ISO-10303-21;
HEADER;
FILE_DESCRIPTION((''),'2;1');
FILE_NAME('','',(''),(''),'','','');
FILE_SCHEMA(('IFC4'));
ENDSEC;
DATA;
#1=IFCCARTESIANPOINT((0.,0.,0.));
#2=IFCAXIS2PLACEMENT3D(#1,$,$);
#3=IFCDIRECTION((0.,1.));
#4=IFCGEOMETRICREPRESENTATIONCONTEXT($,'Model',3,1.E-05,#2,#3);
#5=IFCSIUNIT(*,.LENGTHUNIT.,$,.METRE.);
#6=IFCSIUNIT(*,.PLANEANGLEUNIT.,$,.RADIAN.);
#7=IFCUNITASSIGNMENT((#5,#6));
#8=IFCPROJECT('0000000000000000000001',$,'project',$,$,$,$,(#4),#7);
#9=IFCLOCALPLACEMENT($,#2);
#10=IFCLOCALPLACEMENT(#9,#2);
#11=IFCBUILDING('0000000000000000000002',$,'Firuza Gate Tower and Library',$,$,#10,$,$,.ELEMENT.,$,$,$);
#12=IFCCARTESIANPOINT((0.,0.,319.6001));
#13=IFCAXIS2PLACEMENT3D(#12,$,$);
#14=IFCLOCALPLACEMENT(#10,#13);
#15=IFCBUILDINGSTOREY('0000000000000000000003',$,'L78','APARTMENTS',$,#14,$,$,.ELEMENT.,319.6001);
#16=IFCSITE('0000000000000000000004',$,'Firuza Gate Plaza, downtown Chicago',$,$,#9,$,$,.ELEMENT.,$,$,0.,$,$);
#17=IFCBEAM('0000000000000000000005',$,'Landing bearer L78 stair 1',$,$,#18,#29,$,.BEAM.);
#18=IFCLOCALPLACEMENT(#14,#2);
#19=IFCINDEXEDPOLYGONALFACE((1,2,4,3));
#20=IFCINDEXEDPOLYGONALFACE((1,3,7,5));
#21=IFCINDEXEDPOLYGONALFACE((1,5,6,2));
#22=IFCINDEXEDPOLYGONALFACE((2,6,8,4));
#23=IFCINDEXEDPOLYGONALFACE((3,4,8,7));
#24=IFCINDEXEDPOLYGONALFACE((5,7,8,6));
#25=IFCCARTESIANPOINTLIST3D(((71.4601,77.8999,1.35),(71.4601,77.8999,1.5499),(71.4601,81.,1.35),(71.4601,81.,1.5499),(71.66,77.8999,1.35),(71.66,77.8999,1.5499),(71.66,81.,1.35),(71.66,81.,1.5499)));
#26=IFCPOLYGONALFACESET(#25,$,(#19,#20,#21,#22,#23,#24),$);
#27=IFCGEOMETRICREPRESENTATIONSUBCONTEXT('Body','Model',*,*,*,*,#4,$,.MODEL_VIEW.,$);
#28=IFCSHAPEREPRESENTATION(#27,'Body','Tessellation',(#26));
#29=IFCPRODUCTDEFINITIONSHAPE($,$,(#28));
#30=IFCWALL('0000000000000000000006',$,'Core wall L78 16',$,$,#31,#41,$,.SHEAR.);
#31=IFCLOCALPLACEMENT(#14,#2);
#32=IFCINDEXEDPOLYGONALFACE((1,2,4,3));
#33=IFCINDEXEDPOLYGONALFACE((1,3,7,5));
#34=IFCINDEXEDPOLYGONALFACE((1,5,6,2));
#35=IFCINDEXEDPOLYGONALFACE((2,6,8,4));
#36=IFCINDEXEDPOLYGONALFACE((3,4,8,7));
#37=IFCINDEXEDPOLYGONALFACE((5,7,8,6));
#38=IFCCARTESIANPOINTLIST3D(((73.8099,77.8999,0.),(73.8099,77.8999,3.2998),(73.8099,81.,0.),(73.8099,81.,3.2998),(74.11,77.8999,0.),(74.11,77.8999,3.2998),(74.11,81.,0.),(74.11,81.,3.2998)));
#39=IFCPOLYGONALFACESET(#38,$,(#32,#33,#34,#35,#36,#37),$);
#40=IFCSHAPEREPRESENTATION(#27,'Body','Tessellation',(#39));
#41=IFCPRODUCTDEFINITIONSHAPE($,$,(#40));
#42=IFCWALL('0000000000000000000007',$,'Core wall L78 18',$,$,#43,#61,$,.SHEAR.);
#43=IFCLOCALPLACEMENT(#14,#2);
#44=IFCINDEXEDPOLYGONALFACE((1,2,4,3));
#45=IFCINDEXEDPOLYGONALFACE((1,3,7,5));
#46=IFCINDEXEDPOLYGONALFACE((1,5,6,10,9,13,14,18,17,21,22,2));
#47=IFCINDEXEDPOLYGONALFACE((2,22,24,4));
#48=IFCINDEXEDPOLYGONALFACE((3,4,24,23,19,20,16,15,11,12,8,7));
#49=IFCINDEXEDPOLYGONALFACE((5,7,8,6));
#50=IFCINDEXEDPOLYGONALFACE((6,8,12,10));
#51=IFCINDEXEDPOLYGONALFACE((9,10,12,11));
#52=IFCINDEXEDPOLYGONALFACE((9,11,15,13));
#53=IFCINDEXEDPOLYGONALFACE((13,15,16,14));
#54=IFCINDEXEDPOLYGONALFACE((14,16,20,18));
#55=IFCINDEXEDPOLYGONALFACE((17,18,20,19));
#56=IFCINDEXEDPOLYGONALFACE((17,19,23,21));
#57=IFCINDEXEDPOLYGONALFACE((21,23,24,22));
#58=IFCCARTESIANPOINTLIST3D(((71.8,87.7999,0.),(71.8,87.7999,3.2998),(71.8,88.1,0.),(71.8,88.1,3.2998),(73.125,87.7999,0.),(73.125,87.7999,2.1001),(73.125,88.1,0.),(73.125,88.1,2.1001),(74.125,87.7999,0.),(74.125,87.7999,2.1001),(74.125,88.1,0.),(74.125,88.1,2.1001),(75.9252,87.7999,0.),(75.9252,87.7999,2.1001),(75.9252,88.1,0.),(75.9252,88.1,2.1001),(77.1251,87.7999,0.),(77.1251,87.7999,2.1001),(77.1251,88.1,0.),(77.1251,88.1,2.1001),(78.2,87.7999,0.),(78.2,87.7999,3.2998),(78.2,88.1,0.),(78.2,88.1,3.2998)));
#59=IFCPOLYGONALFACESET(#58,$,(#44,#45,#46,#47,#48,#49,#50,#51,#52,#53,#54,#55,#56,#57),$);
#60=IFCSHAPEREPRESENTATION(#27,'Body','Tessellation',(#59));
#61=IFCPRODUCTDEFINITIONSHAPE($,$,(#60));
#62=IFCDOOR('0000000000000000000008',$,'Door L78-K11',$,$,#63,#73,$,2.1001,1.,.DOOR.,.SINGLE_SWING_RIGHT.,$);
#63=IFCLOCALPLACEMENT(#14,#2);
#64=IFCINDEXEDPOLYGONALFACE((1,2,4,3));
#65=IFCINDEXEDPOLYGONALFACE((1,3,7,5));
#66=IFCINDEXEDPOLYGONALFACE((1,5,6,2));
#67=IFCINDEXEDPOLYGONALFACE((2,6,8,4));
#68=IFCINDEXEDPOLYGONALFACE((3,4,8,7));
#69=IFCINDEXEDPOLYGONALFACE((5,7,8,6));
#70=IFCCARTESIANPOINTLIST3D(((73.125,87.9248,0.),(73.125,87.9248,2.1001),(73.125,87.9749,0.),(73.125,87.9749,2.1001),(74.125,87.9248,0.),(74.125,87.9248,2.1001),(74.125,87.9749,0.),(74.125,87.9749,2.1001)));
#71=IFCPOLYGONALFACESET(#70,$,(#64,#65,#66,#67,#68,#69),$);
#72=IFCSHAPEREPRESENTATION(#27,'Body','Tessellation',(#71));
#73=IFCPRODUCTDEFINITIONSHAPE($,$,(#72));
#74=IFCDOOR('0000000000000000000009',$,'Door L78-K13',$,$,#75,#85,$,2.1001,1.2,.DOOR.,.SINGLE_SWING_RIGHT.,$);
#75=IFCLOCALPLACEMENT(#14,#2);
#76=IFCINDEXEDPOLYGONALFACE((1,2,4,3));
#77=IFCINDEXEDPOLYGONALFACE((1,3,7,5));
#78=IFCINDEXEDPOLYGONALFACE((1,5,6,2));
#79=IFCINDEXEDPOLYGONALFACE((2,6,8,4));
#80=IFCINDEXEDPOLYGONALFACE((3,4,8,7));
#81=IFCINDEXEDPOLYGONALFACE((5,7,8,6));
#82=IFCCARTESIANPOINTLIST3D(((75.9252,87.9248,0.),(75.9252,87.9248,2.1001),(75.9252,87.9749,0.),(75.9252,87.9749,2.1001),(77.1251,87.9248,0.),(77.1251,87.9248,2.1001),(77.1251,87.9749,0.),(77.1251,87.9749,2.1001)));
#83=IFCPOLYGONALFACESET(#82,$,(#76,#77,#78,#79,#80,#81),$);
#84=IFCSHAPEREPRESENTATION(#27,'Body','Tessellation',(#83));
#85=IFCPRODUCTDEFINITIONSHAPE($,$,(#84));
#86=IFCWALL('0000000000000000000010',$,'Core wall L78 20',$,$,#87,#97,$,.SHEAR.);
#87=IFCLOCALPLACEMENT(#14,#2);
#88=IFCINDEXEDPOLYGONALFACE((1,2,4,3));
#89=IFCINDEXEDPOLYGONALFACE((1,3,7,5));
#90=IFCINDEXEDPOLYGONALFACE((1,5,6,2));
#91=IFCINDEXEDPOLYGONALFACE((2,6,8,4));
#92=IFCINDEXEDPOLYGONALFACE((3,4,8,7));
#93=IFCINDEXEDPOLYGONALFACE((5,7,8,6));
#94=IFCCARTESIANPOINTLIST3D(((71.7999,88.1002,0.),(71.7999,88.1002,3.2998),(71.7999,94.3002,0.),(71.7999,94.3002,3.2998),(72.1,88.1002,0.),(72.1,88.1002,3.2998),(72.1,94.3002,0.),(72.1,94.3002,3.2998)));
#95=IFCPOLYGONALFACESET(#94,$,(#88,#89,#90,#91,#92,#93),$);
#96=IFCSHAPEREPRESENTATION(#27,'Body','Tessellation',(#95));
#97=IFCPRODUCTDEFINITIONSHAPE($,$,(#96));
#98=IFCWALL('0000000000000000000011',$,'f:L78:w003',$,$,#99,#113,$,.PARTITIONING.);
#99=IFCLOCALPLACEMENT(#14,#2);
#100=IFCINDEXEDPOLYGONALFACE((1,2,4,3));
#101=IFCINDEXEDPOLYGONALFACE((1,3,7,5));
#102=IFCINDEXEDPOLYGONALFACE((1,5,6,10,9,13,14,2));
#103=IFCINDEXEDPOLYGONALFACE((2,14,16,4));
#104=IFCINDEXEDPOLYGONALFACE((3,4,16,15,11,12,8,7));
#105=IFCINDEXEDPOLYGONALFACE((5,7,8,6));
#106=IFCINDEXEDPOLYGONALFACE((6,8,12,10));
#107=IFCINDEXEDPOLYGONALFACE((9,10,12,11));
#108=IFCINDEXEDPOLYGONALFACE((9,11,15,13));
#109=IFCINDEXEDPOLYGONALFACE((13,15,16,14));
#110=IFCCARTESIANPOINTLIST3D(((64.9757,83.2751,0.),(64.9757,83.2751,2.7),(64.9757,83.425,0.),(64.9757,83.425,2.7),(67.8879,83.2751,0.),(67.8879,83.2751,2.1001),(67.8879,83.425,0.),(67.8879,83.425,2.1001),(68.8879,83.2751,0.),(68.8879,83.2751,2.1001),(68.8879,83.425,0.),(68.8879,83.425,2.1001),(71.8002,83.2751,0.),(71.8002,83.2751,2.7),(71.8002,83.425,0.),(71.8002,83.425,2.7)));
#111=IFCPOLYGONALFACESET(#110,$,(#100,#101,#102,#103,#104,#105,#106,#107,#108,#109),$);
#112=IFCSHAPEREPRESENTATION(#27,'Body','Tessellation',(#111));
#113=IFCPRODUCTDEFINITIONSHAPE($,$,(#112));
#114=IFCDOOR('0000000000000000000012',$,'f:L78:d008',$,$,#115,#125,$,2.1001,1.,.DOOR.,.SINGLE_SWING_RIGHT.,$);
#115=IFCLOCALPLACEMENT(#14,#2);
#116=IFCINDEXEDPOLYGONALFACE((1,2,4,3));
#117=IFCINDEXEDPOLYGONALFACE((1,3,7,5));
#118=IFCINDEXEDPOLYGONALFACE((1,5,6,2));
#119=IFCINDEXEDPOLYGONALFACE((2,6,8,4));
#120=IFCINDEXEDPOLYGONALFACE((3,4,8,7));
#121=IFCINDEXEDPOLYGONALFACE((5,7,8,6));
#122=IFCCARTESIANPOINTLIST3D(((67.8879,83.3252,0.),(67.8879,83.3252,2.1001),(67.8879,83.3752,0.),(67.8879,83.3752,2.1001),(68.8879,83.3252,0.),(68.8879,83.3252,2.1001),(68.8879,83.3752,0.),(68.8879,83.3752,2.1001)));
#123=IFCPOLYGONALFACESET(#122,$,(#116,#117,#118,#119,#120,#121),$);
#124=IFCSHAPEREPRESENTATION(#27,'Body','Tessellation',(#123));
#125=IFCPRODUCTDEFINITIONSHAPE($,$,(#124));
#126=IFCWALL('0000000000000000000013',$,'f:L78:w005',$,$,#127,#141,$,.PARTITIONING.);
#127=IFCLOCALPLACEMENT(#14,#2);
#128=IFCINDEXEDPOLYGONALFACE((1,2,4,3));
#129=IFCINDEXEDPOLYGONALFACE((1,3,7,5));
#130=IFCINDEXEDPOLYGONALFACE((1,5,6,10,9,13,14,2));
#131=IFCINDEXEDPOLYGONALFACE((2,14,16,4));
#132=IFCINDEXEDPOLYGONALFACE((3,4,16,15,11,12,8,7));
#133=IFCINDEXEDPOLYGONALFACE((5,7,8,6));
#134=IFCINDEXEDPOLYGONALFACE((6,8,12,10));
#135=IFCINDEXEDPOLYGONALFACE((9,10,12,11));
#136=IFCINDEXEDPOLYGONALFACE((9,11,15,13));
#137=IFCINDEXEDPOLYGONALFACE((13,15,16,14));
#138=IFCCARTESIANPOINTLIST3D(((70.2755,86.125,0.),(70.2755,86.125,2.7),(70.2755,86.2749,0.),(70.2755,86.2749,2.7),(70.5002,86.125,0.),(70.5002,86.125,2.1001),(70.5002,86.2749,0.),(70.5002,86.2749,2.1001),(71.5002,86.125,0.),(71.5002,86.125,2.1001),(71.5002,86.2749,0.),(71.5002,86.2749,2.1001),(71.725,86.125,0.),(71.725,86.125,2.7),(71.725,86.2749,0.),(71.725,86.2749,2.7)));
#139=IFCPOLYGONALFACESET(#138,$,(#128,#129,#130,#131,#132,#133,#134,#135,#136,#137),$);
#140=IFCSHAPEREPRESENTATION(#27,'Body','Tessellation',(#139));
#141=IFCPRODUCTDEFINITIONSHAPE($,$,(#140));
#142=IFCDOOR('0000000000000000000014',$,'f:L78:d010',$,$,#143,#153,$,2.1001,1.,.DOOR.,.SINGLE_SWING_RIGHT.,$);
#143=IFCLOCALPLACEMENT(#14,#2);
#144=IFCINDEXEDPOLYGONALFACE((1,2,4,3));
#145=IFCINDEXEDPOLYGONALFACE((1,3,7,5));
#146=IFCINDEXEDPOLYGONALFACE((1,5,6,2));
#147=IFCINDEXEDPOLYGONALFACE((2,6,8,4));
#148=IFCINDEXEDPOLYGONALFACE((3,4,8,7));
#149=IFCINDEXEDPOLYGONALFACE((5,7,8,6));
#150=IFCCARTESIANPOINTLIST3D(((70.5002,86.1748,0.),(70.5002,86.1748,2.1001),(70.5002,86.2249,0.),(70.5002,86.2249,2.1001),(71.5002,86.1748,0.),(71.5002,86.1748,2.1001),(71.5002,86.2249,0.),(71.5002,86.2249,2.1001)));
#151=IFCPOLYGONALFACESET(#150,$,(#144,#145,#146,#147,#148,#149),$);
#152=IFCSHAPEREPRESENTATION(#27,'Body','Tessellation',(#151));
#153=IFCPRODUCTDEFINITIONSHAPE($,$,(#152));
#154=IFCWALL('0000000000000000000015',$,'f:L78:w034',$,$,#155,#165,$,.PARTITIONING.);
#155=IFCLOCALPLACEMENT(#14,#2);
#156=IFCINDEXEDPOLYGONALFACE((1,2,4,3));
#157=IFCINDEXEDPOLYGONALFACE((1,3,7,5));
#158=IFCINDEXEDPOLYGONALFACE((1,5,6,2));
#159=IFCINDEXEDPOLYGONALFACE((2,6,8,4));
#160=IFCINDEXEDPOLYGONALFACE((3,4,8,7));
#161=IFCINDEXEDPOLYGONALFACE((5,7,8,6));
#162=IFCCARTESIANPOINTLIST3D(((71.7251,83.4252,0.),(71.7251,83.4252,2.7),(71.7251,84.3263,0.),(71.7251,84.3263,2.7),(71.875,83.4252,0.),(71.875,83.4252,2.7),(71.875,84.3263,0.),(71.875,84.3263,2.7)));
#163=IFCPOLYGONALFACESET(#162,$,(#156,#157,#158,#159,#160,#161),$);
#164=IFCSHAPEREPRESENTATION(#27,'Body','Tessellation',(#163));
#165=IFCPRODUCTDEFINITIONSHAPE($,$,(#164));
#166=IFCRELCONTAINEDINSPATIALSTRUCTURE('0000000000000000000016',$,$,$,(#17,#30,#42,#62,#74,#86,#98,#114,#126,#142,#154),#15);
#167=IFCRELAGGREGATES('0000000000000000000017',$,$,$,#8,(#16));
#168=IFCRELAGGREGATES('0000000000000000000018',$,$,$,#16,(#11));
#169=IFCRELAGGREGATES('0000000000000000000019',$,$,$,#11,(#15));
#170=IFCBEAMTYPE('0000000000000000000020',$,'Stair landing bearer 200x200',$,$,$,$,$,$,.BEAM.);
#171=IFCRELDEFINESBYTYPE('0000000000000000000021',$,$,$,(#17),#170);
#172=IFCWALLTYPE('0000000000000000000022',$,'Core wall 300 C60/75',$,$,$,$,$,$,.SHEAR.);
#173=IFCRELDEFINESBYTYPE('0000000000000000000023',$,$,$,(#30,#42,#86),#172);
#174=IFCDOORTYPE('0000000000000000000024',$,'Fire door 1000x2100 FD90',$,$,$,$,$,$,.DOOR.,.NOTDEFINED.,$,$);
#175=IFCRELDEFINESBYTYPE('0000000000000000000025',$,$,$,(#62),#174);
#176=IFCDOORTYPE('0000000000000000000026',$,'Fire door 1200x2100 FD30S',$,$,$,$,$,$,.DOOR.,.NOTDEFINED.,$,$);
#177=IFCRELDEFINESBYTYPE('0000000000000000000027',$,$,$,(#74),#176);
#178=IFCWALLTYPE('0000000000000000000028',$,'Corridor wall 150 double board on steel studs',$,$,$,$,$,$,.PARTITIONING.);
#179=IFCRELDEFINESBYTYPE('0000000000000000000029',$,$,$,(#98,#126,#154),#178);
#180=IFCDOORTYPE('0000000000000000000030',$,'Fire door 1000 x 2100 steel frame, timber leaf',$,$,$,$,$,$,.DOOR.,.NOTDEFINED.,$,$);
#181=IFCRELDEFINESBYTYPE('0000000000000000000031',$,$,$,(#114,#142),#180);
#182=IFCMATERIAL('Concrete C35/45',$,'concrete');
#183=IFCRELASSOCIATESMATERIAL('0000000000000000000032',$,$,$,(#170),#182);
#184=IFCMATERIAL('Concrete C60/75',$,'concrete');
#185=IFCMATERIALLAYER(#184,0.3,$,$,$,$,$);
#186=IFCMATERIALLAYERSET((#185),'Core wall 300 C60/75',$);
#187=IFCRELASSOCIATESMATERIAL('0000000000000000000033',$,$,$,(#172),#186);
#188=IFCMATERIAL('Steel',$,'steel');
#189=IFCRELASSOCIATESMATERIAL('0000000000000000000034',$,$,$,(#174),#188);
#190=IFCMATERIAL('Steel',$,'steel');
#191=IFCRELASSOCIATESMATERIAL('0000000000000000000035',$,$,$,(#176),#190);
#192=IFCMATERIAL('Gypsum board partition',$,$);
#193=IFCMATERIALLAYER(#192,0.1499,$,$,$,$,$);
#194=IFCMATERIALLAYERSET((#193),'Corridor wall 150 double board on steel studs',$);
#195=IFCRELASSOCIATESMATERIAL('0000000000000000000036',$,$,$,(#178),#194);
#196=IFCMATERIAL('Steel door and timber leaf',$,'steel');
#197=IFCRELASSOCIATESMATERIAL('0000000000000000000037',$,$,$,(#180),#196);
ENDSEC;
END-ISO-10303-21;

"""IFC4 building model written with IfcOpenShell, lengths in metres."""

from ifc_helpers import new_model, si_unit, direction, frame, frame_2d, origin, origin_2d, place, context, subcontext, project, spatial, rectangle, extrude, material, layer, layer_set, material_profile, profile_set, type_object, element, fill, save


model = new_model("IFC4")

# Units and contexts
model_context = context("Model", 3, precision=1e-05, world=origin(), true_north=direction((0.0, 1.0)))
body_context = subcontext(model_context, "Body", "Model", "MODEL_VIEW")
ifc_project = project(units=[si_unit("LENGTHUNIT", "METRE"), si_unit("PLANEANGLEUNIT", "RADIAN")], contexts=[model_context])

# Site, building, storey
site_placement = place(None, origin())
site = spatial("IfcSite", under=ifc_project, at=site_placement, Name="Firuza Gate Plaza, downtown Chicago", CompositionType="ELEMENT", RefElevation=0.0)
building_placement = place(site_placement, origin())
building = spatial("IfcBuilding", under=site, at=building_placement, Name="Firuza Gate Tower and Library", CompositionType="ELEMENT")
storey_placement = place(building_placement, frame((0.0, 0.0, 319.6001)))
storey = spatial("IfcBuildingStorey", under=building, at=storey_placement, Name="L78", Description="APARTMENTS", CompositionType="ELEMENT", Elevation=319.6001)

# Beam
ifc_material_1 = material(Name="Concrete C35/45", Category="concrete")
ifc_material_profile = material_profile(ifc_material_1, rectangle(XDim=0.2, YDim=0.2, at=origin_2d()))
ifc_profile_set = profile_set([ifc_material_profile], Name="Concrete C35/45")
beam_type = type_object("IfcBeamType", Name="Stair landing bearer 200x200", PredefinedType="BEAM", material=ifc_profile_set)
beam_placement = place(storey_placement, frame((71.5601, 77.8999, 1.45), z_axis=(0.0, 1.0, 0.0), x_axis=(-1.0, 0.0, 0.0)))
element("IfcBeam", 1, at=beam_placement, inside=storey, type_object=beam_type, Name="Landing bearer L78 stair 1", PredefinedType="BEAM", context=body_context, shape_type="SweptSolid", body=[
    extrude(rectangle(XDim=0.2, YDim=0.2, at=origin_2d()), origin(), (0.0, 0.0, 1.0), 3.1001),
])

# Wall
ifc_material_2 = material(Name="Concrete C60/75", Category="concrete")
ifc_layer_1 = layer(ifc_material_2, 0.3)
ifc_layer_set_1 = layer_set([ifc_layer_1], Name="Core wall 300 C60/75")
wall_type_1 = type_object("IfcWallType", Name="Core wall 300 C60/75", PredefinedType="SHEAR", material=ifc_layer_set_1)
wall_1_placement = place(storey_placement, frame((73.96, 77.8999, 0.0), z_axis=(0.0, 0.0, 1.0), x_axis=(0.0, 1.0, 0.0)))
element("IfcWall", 2, at=wall_1_placement, inside=storey, type_object=wall_type_1, Name="Core wall L78 16", PredefinedType="SHEAR", context=body_context, shape_type="SweptSolid", body=[
    extrude(rectangle(XDim=3.1001, YDim=0.3, at=frame_2d((1.55, 0.0))), origin(), (0.0, 0.0, 1.0), 3.2998),
])

# Wall, openings, doors
wall_2_placement = place(storey_placement, frame((71.8, 87.95, 0.0), z_axis=(0.0, 0.0, 1.0), x_axis=(1.0, 0.0, 0.0)))
wall_2 = element("IfcWall", 3, at=wall_2_placement, inside=storey, type_object=wall_type_1, Name="Core wall L78 18", PredefinedType="SHEAR", context=body_context, shape_type="SweptSolid", body=[
    extrude(rectangle(XDim=6.3999, YDim=0.3, at=frame_2d((3.2, 0.0))), origin(), (0.0, 0.0, 1.0), 3.2998),
])
opening_1_placement = place(wall_2_placement, frame((1.325, 0.0, 0.0)))
opening_1 = element("IfcOpeningElement", 4, at=opening_1_placement, cuts=wall_2, PredefinedType="OPENING", context=body_context, shape_type="SweptSolid", body=[
    extrude(rectangle(XDim=1.0, YDim=2.1001, at=frame_2d((0.5, 1.05))), frame((0.0, 0.1602, 0.0), z_axis=(0.0, -1.0, 0.0), x_axis=(1.0, 0.0, 0.0)), (0.0, 0.0, 1.0), 0.3201),
])
opening_2_placement = place(wall_2_placement, frame((4.125, 0.0, 0.0)))
opening_2 = element("IfcOpeningElement", 5, at=opening_2_placement, cuts=wall_2, PredefinedType="OPENING", context=body_context, shape_type="SweptSolid", body=[
    extrude(rectangle(XDim=1.2, YDim=2.1001, at=frame_2d((0.6001, 1.05))), frame((0.0, 0.1602, 0.0), z_axis=(0.0, -1.0, 0.0), x_axis=(1.0, 0.0, 0.0)), (0.0, 0.0, 1.0), 0.3201),
])
ifc_material_3 = material(Name="Steel", Category="steel")
door_type_1 = type_object("IfcDoorType", Name="Fire door 1000x2100 FD90", OperationType="NOTDEFINED", PredefinedType="DOOR", material=ifc_material_3)
door_1_placement = place(opening_1_placement, origin())
door_1 = element("IfcDoor", 6, at=door_1_placement, inside=storey, type_object=door_type_1, Name="Door L78-K11", OperationType="SINGLE_SWING_RIGHT", OverallHeight=2.1001, OverallWidth=1.0, PredefinedType="DOOR", context=body_context, shape_type="SweptSolid", body=[
    extrude(rectangle(XDim=1.0, YDim=2.1001, at=frame_2d((0.5, 1.05))), frame((0.0, 0.0249, 0.0), z_axis=(0.0, -1.0, 0.0), x_axis=(1.0, 0.0, 0.0)), (0.0, 0.0, 1.0), 0.05),
])
fill(opening_1, door_1)
ifc_material_4 = material(Name="Steel", Category="steel")
door_type_2 = type_object("IfcDoorType", Name="Fire door 1200x2100 FD30S", OperationType="NOTDEFINED", PredefinedType="DOOR", material=ifc_material_4)
door_2_placement = place(opening_2_placement, origin())
door_2 = element("IfcDoor", 7, at=door_2_placement, inside=storey, type_object=door_type_2, Name="Door L78-K13", OperationType="SINGLE_SWING_RIGHT", OverallHeight=2.1001, OverallWidth=1.2, PredefinedType="DOOR", context=body_context, shape_type="SweptSolid", body=[
    extrude(rectangle(XDim=1.2, YDim=2.1001, at=frame_2d((0.6001, 1.05))), frame((0.0, 0.0249, 0.0), z_axis=(0.0, -1.0, 0.0), x_axis=(1.0, 0.0, 0.0)), (0.0, 0.0, 1.0), 0.05),
])
fill(opening_2, door_2)

# Wall
wall_3_placement = place(storey_placement, frame((71.95, 88.1001, 0.0), z_axis=(0.0, 0.0, 1.0), x_axis=(0.0, 1.0, 0.0)))
element("IfcWall", 8, at=wall_3_placement, inside=storey, type_object=wall_type_1, Name="Core wall L78 20", PredefinedType="SHEAR", context=body_context, shape_type="SweptSolid", body=[
    extrude(rectangle(XDim=6.2, YDim=0.3, at=frame_2d((3.1001, 0.0))), origin(), (0.0, 0.0, 1.0), 3.2998),
])

# Walls, openings, doors
ifc_material_5 = material(Name="Gypsum board partition")
ifc_layer_2 = layer(ifc_material_5, 0.1499)
ifc_layer_set_2 = layer_set([ifc_layer_2], Name="Corridor wall 150 double board on steel studs")
wall_type_2 = type_object("IfcWallType", Name="Corridor wall 150 double board on steel studs", PredefinedType="PARTITIONING", material=ifc_layer_set_2)
wall_4_placement = place(storey_placement, frame((71.8, 83.3501, 0.0), z_axis=(0.0, 0.0, 1.0), x_axis=(-1.0, 0.0, 0.0)))
wall_4 = element("IfcWall", 9, at=wall_4_placement, inside=storey, type_object=wall_type_2, Name="f:L78:w003", PredefinedType="PARTITIONING", context=body_context, shape_type="SweptSolid", body=[
    extrude(rectangle(XDim=6.8245, YDim=0.1499, at=frame_2d((3.4121, 0.0))), origin(), (0.0, 0.0, 1.0), 2.7),
])
opening_3_placement = place(wall_4_placement, frame((2.9121, 0.0, 0.0)))
opening_3 = element("IfcOpeningElement", 10, at=opening_3_placement, cuts=wall_4, PredefinedType="OPENING", context=body_context, shape_type="SweptSolid", body=[
    extrude(rectangle(XDim=1.0, YDim=2.1001, at=frame_2d((0.5, 1.05))), frame((0.0, 0.085, 0.0), z_axis=(0.0, -1.0, 0.0), x_axis=(1.0, 0.0, 0.0)), (0.0, 0.0, 1.0), 0.1699),
])
ifc_material_6 = material(Name="Steel door and timber leaf", Category="steel")
door_type_3 = type_object("IfcDoorType", Name="Fire door 1000 x 2100 steel frame, timber leaf", OperationType="NOTDEFINED", PredefinedType="DOOR", material=ifc_material_6)
door_3_placement = place(opening_3_placement, origin())
door_3 = element("IfcDoor", 11, at=door_3_placement, inside=storey, type_object=door_type_3, Name="f:L78:d008", OperationType="SINGLE_SWING_RIGHT", OverallHeight=2.1001, OverallWidth=1.0, PredefinedType="DOOR", context=body_context, shape_type="SweptSolid", body=[
    extrude(rectangle(XDim=1.0, YDim=2.1001, at=frame_2d((0.5, 1.05))), frame((0.0, 0.0249, 0.0), z_axis=(0.0, -1.0, 0.0), x_axis=(1.0, 0.0, 0.0)), (0.0, 0.0, 1.0), 0.05),
])
fill(opening_3, door_3)
wall_5_placement = place(storey_placement, frame((70.2756, 86.2, 0.0), z_axis=(0.0, 0.0, 1.0), x_axis=(1.0, 0.0, 0.0)))
wall_5 = element("IfcWall", 12, at=wall_5_placement, inside=storey, type_object=wall_type_2, Name="f:L78:w005", PredefinedType="PARTITIONING", context=body_context, shape_type="SweptSolid", body=[
    extrude(rectangle(XDim=1.4495, YDim=0.1499, at=frame_2d((0.7246, 0.0))), origin(), (0.0, 0.0, 1.0), 2.7),
])
opening_4_placement = place(wall_5_placement, frame((0.2246, 0.0, 0.0)))
opening_4 = element("IfcOpeningElement", 13, at=opening_4_placement, cuts=wall_5, PredefinedType="OPENING", context=body_context, shape_type="SweptSolid", body=[
    extrude(rectangle(XDim=1.0, YDim=2.1001, at=frame_2d((0.5, 1.05))), frame((0.0, 0.085, 0.0), z_axis=(0.0, -1.0, 0.0), x_axis=(1.0, 0.0, 0.0)), (0.0, 0.0, 1.0), 0.1699),
])
door_4_placement = place(opening_4_placement, origin())
door_4 = element("IfcDoor", 14, at=door_4_placement, inside=storey, type_object=door_type_3, Name="f:L78:d010", OperationType="SINGLE_SWING_RIGHT", OverallHeight=2.1001, OverallWidth=1.0, PredefinedType="DOOR", context=body_context, shape_type="SweptSolid", body=[
    extrude(rectangle(XDim=1.0, YDim=2.1001, at=frame_2d((0.5, 1.05))), frame((0.0, 0.0249, 0.0), z_axis=(0.0, -1.0, 0.0), x_axis=(1.0, 0.0, 0.0)), (0.0, 0.0, 1.0), 0.05),
])
fill(opening_4, door_4)

# Wall
wall_6_placement = place(storey_placement, frame((71.8, 83.425, 0.0), z_axis=(0.0, 0.0, 1.0), x_axis=(0.0, 1.0, 0.0)))
element("IfcWall", 15, at=wall_6_placement, inside=storey, type_object=wall_type_2, Name="f:L78:w034", PredefinedType="PARTITIONING", context=body_context, shape_type="SweptSolid", body=[
    extrude(rectangle(XDim=0.9011, YDim=0.1499, at=frame_2d((0.4507, 0.0))), origin(), (0.0, 0.0, 1.0), 2.7),
])

save(model, "model.ifc")
